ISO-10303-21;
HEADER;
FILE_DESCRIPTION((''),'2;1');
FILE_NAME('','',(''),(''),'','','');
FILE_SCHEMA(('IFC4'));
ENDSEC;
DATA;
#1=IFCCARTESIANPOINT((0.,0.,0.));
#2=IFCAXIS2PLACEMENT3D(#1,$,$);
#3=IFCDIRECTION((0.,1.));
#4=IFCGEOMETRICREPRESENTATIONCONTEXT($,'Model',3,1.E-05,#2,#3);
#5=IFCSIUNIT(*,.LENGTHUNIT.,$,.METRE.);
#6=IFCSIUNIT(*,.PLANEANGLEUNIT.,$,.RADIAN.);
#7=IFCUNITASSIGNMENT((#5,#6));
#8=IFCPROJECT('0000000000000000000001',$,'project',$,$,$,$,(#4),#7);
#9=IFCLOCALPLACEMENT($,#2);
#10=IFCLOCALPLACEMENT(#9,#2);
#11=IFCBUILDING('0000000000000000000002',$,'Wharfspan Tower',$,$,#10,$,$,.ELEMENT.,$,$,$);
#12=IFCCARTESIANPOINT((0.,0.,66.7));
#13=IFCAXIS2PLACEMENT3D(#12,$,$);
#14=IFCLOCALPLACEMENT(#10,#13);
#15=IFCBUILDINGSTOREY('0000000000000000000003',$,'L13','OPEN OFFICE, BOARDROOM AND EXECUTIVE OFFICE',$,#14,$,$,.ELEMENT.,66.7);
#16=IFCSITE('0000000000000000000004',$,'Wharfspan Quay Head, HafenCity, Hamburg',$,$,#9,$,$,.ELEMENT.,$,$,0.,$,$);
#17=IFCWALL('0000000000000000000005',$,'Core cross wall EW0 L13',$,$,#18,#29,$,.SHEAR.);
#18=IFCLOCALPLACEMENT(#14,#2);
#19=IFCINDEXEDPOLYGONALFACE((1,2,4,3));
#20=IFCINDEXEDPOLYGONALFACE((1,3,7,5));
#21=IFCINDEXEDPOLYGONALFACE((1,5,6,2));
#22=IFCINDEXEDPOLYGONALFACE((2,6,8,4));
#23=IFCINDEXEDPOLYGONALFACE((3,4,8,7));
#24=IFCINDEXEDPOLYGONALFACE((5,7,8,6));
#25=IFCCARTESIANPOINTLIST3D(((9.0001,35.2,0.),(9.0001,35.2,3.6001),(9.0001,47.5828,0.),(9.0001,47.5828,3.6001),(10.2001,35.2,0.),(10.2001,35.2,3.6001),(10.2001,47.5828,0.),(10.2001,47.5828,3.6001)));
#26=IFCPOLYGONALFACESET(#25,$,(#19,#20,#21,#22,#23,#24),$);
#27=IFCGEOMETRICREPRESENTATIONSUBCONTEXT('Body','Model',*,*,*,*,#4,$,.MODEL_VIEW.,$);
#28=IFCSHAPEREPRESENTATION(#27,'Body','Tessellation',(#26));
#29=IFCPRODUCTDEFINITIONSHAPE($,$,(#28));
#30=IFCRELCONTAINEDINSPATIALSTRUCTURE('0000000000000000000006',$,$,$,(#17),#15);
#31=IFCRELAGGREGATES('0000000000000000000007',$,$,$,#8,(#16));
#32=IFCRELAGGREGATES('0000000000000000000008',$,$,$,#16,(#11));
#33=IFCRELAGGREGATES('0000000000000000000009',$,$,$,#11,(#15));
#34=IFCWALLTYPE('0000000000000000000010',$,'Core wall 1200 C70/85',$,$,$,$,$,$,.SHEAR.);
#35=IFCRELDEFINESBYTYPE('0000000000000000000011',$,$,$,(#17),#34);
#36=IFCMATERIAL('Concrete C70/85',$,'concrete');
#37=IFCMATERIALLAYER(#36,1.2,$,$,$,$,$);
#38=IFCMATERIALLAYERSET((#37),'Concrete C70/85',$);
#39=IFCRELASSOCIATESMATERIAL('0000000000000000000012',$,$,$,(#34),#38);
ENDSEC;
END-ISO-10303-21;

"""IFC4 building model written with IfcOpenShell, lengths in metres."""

from ifc_helpers import new_model, si_unit, direction, frame, frame_2d, origin, place, context, subcontext, project, spatial, rectangle, extrude, material, layer, layer_set, type_object, element, save


model = new_model("IFC4")

# Units and contexts
model_context = context("Model", 3, precision=1e-05, world=origin(), true_north=direction((0.0, 1.0)))
body_context = subcontext(model_context, "Body", "Model", "MODEL_VIEW")
ifc_project = project(units=[si_unit("LENGTHUNIT", "METRE"), si_unit("PLANEANGLEUNIT", "RADIAN")], contexts=[model_context])

# Site, building, storey
site_placement = place(None, origin())
site = spatial("IfcSite", under=ifc_project, at=site_placement, Name="Wharfspan Quay Head, HafenCity, Hamburg", CompositionType="ELEMENT", RefElevation=0.0)
building_placement = place(site_placement, origin())
building = spatial("IfcBuilding", under=site, at=building_placement, Name="Wharfspan Tower", CompositionType="ELEMENT")
storey_placement = place(building_placement, frame((0.0, 0.0, 66.7)))
storey = spatial("IfcBuildingStorey", under=building, at=storey_placement, Name="L13", Description="OPEN OFFICE, BOARDROOM AND EXECUTIVE OFFICE", CompositionType="ELEMENT", Elevation=66.7)

# Shared definitions
ifc_material_1 = material(Name="Concrete C70/85", Category="concrete")
ifc_layer = layer(ifc_material_1, 1.2)
ifc_layer_set = layer_set([ifc_layer], Name="Concrete C70/85")
wall_type = type_object("IfcWallType", Name="Core wall 1200 C70/85", PredefinedType="SHEAR", material=ifc_layer_set)

# Wall
wall_1_placement = place(storey_placement, frame((9.6001, 35.2, 0.0), z_axis=(0.0, 0.0, 1.0), x_axis=(0.0, 1.0, 0.0)))
element("IfcWall", 1, at=wall_1_placement, inside=storey, type_object=wall_type, Name="Core cross wall EW0 L13", PredefinedType="SHEAR", context=body_context, shape_type="SweptSolid", body=[
    extrude(rectangle(XDim=12.3828, YDim=1.2, at=frame_2d((6.1914, 0.0))), origin(), (0.0, 0.0, 1.0), 3.6001),
])

save(model, "model.ifc")
